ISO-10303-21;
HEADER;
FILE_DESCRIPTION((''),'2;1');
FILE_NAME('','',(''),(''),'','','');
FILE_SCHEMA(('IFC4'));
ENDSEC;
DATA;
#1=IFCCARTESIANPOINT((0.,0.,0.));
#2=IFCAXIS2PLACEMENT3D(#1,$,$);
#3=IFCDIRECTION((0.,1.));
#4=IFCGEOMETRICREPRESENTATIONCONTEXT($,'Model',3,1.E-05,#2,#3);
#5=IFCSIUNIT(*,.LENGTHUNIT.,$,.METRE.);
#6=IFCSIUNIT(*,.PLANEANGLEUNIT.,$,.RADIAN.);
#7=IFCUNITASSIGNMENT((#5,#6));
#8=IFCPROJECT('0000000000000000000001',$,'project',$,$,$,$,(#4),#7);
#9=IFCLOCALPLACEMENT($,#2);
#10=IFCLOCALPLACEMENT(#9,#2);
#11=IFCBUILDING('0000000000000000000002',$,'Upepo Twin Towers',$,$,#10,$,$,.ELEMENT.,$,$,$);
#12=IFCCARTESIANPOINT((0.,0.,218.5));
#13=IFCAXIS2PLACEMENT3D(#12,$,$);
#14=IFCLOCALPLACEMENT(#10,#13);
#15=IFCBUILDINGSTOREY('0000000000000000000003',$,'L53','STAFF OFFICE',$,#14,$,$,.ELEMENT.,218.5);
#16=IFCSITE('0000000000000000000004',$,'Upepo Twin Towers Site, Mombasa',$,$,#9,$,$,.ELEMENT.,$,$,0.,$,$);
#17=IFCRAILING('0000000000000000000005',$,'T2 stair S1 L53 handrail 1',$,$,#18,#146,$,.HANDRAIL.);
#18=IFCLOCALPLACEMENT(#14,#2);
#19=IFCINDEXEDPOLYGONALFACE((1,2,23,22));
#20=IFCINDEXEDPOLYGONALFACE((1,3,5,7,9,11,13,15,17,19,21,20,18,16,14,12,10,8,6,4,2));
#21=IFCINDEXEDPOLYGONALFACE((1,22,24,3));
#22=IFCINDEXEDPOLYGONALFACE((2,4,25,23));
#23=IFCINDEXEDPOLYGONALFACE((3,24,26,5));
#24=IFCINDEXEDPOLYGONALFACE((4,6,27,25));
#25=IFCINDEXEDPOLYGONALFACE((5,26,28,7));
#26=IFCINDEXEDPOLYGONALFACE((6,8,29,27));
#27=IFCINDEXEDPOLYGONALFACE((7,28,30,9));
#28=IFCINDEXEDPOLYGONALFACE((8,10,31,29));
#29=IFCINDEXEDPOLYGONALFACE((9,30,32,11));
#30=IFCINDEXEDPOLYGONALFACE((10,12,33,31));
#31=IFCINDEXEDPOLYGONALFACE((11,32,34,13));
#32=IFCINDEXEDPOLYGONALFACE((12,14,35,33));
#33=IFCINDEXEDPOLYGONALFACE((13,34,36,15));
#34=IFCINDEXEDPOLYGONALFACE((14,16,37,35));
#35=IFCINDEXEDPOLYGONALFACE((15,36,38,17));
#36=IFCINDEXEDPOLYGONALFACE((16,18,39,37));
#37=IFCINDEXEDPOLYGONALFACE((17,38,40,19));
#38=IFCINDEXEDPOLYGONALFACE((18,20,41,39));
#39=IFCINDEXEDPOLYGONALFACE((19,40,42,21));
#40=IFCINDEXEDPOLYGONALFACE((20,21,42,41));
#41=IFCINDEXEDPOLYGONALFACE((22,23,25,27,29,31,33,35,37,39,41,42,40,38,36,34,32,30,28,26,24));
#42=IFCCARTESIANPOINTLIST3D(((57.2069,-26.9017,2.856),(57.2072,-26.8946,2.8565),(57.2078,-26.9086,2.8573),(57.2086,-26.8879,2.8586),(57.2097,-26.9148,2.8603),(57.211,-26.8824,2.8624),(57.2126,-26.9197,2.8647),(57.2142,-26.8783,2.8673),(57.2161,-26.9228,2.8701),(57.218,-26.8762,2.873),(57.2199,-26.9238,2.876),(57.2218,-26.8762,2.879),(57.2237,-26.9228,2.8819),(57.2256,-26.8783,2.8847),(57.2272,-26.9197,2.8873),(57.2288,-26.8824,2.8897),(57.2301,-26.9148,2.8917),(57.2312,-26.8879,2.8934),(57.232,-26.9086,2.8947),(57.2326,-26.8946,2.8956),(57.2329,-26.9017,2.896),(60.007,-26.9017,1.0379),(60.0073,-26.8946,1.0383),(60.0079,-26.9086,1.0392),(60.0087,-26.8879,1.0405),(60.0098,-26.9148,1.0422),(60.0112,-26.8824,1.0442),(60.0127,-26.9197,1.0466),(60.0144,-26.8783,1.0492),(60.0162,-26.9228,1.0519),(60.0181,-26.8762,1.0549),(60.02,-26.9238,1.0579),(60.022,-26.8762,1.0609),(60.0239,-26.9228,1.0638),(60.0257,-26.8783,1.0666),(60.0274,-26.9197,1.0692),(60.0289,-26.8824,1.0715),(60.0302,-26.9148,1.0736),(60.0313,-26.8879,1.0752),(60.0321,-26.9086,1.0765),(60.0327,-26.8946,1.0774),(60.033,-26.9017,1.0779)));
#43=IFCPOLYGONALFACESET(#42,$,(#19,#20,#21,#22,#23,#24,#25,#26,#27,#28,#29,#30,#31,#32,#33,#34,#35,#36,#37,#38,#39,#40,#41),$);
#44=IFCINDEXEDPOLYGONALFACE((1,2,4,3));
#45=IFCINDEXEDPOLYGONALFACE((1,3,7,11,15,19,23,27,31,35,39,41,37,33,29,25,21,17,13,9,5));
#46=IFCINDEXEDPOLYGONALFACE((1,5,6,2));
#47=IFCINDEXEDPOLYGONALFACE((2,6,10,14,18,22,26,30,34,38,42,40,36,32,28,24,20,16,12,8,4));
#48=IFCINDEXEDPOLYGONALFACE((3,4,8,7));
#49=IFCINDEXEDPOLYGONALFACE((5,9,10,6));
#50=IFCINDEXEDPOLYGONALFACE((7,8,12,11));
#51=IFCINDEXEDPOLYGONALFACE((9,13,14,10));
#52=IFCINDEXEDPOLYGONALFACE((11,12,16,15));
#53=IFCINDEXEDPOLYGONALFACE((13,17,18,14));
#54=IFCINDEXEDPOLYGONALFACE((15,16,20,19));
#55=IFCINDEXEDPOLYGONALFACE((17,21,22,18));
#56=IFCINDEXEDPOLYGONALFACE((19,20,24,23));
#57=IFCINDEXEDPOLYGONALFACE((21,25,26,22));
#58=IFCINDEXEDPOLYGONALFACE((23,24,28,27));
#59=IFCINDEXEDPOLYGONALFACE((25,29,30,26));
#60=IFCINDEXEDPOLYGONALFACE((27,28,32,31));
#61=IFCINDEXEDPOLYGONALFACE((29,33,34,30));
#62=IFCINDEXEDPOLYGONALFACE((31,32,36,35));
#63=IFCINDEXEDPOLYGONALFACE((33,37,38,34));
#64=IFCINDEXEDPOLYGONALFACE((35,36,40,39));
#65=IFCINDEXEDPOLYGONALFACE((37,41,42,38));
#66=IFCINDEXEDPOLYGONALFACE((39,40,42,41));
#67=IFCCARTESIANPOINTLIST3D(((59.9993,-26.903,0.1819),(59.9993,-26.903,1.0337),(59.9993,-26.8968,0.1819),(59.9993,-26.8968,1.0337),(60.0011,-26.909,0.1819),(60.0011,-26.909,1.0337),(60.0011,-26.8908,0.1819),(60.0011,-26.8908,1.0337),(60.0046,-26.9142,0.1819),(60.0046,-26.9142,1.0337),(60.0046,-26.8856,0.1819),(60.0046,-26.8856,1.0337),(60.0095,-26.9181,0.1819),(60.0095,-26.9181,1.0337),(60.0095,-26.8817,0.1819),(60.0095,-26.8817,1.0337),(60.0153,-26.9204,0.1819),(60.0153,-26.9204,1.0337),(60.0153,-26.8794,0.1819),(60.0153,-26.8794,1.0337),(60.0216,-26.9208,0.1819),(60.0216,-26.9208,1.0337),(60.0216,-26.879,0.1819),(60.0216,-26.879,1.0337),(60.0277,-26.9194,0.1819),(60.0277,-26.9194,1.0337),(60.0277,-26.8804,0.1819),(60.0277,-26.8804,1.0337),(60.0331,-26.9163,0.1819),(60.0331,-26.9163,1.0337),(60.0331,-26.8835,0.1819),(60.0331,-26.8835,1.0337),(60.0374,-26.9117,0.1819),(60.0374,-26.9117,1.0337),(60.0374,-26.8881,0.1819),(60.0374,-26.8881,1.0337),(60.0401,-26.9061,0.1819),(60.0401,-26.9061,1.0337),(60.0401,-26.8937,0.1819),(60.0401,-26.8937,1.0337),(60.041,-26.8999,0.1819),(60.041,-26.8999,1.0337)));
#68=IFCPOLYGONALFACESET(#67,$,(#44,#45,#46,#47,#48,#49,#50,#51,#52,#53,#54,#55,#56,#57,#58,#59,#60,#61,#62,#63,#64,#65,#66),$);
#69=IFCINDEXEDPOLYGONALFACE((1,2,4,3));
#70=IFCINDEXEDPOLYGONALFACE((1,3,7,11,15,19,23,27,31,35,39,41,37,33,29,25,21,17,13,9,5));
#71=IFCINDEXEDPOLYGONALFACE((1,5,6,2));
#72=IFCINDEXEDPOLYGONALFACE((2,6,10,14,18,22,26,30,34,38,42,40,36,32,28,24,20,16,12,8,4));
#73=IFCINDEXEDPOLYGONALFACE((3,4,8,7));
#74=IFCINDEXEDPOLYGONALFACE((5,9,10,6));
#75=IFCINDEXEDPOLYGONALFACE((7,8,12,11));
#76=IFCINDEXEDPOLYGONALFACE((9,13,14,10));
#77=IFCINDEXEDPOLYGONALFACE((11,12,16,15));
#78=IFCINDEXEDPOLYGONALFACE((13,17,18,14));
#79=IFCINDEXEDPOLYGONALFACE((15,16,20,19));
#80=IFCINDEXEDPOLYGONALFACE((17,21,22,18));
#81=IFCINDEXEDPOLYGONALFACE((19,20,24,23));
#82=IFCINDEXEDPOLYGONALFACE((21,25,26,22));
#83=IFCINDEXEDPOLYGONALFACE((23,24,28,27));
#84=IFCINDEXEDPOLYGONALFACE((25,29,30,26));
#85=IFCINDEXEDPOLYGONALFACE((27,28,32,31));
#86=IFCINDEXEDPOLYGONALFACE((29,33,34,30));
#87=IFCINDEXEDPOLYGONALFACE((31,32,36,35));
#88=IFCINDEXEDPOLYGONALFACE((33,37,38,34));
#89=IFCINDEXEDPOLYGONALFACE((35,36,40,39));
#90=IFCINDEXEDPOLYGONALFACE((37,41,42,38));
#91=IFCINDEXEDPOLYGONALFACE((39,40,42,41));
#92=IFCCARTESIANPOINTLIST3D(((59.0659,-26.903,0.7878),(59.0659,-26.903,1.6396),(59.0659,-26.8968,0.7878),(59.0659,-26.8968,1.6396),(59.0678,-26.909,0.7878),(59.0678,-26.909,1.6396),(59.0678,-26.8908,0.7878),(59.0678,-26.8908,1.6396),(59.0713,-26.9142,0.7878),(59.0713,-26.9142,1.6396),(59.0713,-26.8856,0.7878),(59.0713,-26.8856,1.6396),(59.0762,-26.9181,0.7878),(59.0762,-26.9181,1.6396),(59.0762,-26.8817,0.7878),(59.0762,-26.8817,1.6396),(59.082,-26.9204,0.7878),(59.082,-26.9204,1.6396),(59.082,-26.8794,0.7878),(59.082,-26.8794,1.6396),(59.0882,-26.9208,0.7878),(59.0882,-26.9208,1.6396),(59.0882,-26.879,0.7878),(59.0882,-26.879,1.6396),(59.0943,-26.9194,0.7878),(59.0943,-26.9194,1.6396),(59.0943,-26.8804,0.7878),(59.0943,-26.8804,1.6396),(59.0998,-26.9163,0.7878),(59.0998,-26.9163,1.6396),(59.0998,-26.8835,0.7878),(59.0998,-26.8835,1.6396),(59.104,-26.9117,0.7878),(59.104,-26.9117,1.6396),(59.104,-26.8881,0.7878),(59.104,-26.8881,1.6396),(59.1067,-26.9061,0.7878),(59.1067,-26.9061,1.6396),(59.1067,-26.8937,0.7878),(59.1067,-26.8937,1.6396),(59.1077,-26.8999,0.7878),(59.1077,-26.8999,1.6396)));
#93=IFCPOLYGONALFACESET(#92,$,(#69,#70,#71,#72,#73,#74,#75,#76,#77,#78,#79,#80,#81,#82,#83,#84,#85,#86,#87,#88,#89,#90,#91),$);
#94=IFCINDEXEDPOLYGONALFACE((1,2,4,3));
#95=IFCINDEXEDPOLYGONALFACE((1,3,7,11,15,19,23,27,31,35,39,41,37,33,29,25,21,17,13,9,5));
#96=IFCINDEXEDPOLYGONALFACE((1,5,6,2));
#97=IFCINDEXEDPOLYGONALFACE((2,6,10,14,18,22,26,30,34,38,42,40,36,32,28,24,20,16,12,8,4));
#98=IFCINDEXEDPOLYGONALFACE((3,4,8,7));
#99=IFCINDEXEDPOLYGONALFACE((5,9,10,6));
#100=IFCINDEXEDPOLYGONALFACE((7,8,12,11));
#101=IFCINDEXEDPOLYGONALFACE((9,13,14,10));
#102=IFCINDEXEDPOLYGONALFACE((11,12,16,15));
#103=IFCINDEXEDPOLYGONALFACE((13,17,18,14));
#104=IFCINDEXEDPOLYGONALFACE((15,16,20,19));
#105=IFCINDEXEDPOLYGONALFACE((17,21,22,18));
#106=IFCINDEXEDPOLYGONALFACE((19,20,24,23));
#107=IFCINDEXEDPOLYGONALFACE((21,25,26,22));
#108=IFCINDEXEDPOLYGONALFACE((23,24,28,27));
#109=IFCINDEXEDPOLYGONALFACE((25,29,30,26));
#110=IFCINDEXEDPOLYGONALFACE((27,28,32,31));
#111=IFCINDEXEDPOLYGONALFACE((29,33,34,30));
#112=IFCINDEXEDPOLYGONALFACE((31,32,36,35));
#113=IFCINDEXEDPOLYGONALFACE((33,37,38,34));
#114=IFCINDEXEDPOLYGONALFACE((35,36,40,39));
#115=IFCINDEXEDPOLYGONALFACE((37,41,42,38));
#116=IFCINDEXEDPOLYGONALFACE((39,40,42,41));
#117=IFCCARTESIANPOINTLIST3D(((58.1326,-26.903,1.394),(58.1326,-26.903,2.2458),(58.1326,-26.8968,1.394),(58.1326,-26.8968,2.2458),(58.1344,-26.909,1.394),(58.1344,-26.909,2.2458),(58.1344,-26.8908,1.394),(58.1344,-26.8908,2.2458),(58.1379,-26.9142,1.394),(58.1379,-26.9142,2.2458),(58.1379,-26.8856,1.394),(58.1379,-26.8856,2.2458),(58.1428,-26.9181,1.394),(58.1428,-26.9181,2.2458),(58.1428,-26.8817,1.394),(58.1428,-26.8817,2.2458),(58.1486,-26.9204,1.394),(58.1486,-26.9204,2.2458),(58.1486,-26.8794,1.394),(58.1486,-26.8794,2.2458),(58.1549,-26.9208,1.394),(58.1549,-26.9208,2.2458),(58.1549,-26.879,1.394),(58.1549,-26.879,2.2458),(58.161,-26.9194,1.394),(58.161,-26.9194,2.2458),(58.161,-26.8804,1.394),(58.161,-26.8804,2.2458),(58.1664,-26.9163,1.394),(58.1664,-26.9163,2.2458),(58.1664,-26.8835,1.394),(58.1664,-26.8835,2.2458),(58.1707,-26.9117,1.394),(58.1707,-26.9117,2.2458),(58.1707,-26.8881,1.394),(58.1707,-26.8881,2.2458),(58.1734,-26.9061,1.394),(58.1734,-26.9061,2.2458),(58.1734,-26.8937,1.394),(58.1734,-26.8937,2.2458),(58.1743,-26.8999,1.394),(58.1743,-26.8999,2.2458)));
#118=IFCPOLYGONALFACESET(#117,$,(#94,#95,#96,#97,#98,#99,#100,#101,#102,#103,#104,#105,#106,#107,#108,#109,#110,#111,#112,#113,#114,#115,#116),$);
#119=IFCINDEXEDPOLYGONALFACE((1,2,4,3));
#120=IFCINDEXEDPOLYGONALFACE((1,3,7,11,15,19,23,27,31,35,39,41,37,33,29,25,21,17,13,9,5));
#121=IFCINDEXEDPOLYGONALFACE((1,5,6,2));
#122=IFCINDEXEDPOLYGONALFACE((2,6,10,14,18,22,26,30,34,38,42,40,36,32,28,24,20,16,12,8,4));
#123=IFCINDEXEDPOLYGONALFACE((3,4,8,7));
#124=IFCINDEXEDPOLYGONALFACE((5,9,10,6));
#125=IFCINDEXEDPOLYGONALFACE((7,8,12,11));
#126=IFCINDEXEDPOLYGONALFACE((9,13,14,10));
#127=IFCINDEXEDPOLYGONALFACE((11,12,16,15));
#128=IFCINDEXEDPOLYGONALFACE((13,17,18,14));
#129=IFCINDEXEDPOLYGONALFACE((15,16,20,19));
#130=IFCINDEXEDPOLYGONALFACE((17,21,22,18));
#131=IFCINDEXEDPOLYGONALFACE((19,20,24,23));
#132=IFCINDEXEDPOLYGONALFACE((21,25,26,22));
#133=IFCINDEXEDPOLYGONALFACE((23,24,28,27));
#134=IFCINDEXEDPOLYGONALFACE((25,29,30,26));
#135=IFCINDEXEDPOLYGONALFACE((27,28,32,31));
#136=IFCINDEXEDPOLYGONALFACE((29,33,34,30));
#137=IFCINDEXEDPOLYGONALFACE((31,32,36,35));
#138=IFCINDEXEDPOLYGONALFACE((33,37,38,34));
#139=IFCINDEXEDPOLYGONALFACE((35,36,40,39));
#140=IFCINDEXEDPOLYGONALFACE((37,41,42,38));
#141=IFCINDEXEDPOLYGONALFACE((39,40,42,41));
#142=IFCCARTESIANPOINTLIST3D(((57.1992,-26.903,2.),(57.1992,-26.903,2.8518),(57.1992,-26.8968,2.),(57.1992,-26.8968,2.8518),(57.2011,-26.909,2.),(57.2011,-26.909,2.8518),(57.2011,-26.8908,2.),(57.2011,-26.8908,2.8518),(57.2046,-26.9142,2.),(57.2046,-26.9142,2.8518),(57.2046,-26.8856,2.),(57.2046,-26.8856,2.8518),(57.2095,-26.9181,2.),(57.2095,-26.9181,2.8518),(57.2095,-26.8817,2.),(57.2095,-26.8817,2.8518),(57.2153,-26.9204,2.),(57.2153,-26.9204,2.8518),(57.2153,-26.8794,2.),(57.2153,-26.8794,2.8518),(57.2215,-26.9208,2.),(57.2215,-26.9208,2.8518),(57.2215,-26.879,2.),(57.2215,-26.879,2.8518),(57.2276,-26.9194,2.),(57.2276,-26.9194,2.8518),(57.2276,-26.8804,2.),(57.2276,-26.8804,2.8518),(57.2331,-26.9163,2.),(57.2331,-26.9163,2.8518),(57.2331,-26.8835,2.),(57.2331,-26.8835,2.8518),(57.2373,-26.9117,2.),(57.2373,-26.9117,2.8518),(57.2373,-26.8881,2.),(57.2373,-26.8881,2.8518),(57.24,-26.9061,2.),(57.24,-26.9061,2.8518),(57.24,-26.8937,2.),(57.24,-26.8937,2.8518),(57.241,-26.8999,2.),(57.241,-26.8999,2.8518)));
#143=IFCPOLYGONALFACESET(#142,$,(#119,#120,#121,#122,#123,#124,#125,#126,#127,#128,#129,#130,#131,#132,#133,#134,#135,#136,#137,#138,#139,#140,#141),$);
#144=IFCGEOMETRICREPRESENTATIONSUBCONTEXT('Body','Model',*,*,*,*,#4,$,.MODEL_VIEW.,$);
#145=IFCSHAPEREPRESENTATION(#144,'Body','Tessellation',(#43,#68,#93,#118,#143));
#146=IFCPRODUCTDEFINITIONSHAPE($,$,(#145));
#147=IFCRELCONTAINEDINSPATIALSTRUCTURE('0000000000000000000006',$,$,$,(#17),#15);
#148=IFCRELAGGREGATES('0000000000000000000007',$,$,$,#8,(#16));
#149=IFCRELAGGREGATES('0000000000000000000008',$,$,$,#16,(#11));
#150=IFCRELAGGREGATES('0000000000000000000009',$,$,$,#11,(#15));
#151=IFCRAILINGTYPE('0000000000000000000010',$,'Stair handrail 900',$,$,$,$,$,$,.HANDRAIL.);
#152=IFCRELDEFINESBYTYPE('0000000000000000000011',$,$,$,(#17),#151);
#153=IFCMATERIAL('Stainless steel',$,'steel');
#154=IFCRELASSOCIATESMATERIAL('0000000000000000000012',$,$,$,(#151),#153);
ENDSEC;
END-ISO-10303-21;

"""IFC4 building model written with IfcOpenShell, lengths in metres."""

from ifc_helpers import new_model, si_unit, direction, frame, origin, origin_2d, place, context, subcontext, project, spatial, circle, extrude, material, type_object, element, save


model = new_model("IFC4")

# Units and contexts
model_context = context("Model", 3, precision=1e-05, world=origin(), true_north=direction((0.0, 1.0)))
body_context = subcontext(model_context, "Body", "Model", "MODEL_VIEW")
ifc_project = project(units=[si_unit("LENGTHUNIT", "METRE"), si_unit("PLANEANGLEUNIT", "RADIAN")], contexts=[model_context])

# Site, building, storey
site_placement = place(None, origin())
site = spatial("IfcSite", under=ifc_project, at=site_placement, Name="Upepo Twin Towers Site, Mombasa", CompositionType="ELEMENT", RefElevation=0.0)
building_placement = place(site_placement, origin())
building = spatial("IfcBuilding", under=site, at=building_placement, Name="Upepo Twin Towers", CompositionType="ELEMENT")
storey_placement = place(building_placement, frame((0.0, 0.0, 218.5)))
storey = spatial("IfcBuildingStorey", under=building, at=storey_placement, Name="L53", Description="STAFF OFFICE", CompositionType="ELEMENT", Elevation=218.5)

# Railing
ifc_material_1 = material(Name="Stainless steel", Category="steel")
railing_type = type_object("IfcRailingType", Name="Stair handrail 900", PredefinedType="HANDRAIL", material=ifc_material_1)
railing_1_placement = place(storey_placement, frame((60.02, -26.8999, 0.1819)))
element("IfcRailing", 1, at=railing_1_placement, inside=storey, type_object=railing_type, Name="T2 stair S1 L53 handrail 1", PredefinedType="HANDRAIL", context=body_context, shape_type="SweptSolid", body=[
    extrude(circle(Radius=0.0239, at=origin_2d()), frame((0.0, 0.0, 0.876), z_axis=(-0.838706, 0.0, 0.544585), x_axis=(0.0, -1.0, 0.0)), (0.0, 0.0, 1.0), 3.3386),
    extrude(circle(Radius=0.021, at=origin_2d()), origin(), (0.0, 0.0, 1.0), 0.8518),
    extrude(circle(Radius=0.021, at=origin_2d()), frame((-0.9333, 0.0, 0.606)), (0.0, 0.0, 1.0), 0.8518),
    extrude(circle(Radius=0.021, at=origin_2d()), frame((-1.8667, 0.0, 1.2122)), (0.0, 0.0, 1.0), 0.8518),
    extrude(circle(Radius=0.021, at=origin_2d()), frame((-2.8, 0.0, 1.8181)), (0.0, 0.0, 1.0), 0.8518),
])

save(model, "model.ifc")
